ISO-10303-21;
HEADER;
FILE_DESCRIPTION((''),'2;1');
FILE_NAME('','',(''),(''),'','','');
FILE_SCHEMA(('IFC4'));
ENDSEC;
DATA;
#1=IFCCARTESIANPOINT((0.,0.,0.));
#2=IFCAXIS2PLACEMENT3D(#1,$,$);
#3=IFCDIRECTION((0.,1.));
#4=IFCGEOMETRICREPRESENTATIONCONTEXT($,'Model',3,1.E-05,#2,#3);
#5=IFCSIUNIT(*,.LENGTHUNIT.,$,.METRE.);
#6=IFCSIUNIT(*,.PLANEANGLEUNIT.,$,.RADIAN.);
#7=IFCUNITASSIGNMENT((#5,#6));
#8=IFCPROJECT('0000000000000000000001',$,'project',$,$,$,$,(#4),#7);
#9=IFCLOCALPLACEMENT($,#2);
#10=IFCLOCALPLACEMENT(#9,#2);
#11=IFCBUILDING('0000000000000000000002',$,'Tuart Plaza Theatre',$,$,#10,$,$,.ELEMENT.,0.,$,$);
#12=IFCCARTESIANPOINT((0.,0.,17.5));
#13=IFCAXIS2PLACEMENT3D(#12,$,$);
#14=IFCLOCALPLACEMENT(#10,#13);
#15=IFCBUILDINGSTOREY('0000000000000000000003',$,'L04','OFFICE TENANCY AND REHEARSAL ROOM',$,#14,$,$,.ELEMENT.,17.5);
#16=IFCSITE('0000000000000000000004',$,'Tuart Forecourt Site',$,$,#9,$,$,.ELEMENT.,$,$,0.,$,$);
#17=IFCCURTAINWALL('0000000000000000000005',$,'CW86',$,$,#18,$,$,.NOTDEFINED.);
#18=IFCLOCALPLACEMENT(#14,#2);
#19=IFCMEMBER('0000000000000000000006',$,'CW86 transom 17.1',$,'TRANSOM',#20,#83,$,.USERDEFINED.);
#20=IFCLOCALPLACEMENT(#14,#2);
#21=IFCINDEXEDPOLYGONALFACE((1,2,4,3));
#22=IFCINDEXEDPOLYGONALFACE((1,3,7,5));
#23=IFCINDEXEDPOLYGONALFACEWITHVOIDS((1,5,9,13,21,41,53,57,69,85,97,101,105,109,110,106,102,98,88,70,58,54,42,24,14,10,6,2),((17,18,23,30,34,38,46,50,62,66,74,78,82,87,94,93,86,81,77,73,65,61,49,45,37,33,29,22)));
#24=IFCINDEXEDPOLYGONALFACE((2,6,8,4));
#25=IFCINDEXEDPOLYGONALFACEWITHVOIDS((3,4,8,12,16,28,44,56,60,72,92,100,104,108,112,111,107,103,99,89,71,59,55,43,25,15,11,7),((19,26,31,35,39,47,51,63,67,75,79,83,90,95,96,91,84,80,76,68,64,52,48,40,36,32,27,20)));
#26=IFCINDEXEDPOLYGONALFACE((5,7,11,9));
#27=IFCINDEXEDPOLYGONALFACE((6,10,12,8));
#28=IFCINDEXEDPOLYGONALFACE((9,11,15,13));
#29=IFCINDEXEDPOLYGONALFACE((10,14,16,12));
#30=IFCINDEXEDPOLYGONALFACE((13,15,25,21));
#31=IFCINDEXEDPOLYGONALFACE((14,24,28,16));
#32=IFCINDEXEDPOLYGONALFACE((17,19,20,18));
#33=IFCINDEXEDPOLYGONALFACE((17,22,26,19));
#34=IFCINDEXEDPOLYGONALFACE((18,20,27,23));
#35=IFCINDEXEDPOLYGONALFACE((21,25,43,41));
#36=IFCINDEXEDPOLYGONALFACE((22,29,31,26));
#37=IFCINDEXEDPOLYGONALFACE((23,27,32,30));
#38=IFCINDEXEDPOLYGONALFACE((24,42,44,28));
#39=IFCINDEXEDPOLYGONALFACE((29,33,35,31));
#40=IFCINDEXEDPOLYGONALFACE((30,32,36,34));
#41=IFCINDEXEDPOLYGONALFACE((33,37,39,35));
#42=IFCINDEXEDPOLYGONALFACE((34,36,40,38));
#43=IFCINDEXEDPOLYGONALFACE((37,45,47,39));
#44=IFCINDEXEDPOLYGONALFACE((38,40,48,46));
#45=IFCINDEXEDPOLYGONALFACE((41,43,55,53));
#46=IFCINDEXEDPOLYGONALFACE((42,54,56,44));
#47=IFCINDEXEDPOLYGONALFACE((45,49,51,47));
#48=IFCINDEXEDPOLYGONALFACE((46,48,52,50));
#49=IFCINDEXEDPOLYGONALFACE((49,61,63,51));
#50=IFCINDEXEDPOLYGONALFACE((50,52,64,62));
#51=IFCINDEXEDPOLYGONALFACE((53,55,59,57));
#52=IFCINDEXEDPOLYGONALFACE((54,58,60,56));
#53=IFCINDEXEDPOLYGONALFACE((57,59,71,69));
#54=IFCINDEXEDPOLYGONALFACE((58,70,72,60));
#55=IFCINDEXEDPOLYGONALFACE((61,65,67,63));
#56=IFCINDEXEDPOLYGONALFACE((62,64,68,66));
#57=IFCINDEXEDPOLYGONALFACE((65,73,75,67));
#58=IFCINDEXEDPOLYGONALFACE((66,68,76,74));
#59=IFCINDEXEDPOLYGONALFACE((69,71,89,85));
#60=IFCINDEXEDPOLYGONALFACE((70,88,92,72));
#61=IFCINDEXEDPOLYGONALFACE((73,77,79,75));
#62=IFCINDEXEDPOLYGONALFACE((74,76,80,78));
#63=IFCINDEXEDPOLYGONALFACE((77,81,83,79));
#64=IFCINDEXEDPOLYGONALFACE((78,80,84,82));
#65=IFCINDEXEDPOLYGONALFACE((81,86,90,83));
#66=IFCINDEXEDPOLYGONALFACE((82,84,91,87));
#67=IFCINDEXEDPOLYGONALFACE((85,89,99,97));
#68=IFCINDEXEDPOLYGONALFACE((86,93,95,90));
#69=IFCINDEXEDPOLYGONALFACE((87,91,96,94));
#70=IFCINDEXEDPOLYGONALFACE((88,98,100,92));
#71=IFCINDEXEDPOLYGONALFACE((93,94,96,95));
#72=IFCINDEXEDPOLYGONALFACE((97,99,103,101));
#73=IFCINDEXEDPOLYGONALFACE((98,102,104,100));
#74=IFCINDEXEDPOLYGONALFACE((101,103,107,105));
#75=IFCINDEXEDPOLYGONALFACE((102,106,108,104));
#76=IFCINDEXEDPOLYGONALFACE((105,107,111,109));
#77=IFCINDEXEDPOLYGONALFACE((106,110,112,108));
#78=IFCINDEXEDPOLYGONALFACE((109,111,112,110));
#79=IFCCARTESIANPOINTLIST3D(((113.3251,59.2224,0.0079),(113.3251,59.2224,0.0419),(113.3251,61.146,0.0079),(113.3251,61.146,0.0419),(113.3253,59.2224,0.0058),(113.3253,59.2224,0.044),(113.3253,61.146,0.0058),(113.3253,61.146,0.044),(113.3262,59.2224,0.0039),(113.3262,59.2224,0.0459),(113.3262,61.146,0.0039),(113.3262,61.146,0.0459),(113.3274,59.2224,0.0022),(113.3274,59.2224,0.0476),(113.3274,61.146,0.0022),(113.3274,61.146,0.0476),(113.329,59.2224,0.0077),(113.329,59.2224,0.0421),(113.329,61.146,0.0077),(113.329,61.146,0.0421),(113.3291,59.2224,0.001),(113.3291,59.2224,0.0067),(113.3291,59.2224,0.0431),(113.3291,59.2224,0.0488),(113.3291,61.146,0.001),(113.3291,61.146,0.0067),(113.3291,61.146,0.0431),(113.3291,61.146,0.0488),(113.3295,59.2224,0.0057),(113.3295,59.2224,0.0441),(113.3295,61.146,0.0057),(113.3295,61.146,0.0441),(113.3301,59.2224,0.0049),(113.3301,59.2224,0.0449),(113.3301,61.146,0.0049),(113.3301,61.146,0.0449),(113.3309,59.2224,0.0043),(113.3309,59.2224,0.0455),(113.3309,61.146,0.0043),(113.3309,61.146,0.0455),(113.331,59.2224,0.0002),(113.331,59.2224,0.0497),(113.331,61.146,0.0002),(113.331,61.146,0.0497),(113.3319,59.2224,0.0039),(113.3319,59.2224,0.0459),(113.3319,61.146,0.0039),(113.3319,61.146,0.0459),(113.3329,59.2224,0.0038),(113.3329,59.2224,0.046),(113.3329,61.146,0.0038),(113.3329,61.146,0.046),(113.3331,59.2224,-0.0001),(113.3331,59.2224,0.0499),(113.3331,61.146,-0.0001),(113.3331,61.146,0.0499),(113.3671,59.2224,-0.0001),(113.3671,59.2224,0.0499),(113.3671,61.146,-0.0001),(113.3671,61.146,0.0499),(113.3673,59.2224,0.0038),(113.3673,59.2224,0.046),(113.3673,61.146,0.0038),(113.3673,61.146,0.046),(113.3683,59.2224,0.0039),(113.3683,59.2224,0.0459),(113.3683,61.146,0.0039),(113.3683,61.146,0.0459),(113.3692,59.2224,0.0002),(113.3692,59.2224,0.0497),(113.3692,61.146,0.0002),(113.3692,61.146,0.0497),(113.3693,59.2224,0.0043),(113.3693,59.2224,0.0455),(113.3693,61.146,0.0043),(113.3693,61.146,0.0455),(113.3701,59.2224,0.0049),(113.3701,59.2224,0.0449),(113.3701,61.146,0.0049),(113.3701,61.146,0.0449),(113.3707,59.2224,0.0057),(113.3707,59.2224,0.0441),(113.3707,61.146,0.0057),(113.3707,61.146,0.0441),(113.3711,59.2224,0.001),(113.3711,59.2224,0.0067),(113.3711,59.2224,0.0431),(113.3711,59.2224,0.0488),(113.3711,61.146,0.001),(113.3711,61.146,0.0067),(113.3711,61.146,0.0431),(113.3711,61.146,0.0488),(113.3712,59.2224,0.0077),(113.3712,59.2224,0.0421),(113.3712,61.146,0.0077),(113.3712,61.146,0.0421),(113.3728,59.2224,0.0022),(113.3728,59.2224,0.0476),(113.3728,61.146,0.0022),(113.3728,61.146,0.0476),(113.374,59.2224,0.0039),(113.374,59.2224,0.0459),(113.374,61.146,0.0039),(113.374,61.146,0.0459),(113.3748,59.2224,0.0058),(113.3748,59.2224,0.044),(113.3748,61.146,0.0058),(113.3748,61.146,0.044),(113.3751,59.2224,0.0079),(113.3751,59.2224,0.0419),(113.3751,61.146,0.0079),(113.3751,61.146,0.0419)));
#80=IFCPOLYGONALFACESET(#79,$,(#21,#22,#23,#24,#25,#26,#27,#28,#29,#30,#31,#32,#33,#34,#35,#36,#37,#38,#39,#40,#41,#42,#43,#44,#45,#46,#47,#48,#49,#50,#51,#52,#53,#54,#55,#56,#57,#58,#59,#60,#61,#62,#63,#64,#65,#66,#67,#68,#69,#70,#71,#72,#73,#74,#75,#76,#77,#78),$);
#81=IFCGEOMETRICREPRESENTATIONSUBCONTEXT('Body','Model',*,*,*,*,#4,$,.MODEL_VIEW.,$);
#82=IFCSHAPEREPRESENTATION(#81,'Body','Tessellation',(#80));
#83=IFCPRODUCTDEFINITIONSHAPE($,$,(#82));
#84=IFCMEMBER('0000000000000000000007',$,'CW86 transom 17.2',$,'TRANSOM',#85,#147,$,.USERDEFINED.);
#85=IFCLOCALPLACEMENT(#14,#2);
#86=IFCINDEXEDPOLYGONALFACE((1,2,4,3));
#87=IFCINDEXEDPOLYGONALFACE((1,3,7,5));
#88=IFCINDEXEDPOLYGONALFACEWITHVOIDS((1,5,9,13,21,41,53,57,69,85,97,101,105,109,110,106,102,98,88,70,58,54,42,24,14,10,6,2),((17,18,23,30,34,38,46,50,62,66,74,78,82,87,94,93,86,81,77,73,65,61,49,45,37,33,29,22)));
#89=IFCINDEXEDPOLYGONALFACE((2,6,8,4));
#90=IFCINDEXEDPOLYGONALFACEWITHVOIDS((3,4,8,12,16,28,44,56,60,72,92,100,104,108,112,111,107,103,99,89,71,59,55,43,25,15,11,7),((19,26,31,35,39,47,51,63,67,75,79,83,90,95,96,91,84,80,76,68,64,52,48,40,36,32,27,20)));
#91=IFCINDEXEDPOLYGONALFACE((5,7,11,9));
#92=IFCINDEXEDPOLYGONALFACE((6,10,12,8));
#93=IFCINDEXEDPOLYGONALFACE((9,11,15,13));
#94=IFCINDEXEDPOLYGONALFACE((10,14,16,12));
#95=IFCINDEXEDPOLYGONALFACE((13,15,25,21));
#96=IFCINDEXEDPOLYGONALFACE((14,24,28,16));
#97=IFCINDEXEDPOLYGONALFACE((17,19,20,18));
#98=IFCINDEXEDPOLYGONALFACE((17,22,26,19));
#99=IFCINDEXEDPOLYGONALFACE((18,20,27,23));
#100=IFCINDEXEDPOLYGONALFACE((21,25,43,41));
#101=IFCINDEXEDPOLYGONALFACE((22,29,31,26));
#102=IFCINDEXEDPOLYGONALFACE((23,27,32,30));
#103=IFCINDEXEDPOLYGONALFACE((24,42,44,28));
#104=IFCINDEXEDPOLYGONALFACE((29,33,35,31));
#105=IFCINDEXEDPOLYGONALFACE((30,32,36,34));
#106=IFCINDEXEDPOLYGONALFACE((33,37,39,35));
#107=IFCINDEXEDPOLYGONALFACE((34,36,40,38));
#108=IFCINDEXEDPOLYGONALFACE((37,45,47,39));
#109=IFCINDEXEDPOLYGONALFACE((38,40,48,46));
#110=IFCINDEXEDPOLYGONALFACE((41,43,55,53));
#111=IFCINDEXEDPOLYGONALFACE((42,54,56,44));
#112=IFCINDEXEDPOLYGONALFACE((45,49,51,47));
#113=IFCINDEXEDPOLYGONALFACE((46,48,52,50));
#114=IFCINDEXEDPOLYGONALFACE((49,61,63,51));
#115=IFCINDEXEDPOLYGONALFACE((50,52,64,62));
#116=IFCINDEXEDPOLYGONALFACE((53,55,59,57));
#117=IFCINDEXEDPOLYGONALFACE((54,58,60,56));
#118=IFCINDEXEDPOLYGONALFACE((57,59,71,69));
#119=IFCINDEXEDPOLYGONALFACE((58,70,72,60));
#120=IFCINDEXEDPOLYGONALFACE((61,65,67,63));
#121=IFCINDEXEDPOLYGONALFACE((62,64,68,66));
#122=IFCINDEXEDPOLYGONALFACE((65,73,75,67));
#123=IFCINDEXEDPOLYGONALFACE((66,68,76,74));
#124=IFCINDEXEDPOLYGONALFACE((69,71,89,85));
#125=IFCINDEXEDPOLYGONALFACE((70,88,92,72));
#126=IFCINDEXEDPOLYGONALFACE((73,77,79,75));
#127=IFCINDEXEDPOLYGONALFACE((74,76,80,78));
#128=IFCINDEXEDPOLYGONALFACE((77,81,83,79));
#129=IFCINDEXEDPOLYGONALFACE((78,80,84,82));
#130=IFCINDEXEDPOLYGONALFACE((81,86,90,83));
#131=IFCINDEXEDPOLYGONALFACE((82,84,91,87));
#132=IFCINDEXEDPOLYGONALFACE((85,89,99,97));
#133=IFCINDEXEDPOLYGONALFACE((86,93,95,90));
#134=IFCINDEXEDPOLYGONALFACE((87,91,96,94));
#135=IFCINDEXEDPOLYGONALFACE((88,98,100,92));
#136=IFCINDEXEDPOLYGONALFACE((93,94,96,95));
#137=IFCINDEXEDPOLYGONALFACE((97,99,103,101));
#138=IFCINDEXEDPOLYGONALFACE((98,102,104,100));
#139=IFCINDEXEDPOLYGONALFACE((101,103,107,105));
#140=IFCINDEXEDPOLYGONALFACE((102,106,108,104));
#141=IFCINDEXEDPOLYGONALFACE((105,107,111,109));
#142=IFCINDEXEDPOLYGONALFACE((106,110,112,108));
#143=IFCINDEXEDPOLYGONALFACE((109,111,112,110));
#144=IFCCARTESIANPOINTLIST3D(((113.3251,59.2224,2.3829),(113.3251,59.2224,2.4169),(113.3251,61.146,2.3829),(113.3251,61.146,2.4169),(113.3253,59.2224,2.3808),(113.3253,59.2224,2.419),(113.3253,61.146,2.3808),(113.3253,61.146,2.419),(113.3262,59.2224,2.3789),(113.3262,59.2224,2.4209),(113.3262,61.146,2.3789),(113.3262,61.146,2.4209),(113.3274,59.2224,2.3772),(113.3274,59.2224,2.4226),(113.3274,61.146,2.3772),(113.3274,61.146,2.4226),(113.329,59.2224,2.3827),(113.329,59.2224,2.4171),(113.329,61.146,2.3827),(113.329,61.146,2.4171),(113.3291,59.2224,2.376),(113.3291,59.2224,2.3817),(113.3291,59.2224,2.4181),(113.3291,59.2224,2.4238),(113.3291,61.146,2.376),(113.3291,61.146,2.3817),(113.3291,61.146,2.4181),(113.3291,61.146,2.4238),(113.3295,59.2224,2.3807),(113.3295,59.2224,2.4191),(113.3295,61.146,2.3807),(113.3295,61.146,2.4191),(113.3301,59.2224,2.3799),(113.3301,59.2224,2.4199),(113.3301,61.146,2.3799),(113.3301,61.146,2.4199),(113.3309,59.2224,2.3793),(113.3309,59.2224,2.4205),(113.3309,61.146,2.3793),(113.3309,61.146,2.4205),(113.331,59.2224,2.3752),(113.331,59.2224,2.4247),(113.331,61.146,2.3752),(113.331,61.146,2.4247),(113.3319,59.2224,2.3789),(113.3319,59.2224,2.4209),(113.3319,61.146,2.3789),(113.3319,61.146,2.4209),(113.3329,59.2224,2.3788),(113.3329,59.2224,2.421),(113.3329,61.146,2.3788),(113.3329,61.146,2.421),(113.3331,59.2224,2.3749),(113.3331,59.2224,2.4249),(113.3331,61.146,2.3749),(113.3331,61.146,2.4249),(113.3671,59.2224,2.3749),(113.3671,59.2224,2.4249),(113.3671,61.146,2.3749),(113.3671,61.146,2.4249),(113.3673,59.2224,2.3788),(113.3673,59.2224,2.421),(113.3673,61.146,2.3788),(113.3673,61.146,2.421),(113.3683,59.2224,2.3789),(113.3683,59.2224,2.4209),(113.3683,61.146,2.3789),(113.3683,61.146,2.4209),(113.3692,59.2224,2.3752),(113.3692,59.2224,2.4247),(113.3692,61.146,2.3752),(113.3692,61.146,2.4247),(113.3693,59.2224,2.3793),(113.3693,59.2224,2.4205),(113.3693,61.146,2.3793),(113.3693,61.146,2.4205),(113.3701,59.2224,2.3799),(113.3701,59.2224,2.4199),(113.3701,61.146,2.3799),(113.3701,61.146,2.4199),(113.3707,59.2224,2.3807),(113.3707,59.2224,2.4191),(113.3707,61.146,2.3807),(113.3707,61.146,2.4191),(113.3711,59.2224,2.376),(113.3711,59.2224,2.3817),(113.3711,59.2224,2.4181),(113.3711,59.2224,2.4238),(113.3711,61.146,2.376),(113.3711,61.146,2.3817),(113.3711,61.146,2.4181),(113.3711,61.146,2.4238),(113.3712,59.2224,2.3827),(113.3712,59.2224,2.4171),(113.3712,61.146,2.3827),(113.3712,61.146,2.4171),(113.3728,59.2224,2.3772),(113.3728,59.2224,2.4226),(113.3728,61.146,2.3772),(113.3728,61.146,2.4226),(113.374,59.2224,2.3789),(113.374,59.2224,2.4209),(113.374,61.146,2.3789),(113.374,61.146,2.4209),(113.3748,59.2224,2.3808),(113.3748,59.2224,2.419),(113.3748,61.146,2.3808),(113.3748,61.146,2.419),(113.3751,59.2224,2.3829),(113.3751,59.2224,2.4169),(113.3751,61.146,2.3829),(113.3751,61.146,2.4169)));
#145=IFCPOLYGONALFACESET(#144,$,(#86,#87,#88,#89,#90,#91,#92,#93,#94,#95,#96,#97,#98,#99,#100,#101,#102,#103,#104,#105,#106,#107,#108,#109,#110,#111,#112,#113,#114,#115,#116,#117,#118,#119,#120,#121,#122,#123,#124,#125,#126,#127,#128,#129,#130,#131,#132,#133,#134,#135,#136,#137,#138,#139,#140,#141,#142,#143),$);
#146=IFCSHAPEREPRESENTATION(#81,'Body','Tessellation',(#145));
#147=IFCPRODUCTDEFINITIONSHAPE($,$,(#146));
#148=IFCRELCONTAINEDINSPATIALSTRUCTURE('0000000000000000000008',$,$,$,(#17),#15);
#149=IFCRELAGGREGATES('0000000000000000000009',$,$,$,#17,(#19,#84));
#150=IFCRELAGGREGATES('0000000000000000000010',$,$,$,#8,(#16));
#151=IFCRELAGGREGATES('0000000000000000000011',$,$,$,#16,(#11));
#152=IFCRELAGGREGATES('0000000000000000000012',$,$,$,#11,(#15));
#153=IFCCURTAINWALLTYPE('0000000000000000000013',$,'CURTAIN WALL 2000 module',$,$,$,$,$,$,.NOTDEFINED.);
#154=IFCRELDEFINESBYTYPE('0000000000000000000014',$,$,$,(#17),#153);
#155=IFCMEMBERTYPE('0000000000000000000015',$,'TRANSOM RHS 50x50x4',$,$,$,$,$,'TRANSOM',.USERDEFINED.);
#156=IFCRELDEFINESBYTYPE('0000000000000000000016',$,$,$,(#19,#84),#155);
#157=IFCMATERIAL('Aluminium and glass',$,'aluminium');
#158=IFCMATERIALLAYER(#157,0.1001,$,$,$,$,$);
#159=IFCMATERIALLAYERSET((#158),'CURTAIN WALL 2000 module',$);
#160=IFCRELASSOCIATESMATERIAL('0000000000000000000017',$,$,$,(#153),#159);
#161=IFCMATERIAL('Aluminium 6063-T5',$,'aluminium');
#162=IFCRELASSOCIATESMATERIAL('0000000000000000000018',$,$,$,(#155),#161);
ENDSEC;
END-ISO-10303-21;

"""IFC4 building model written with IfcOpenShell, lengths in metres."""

from ifc_helpers import new_model, si_unit, direction, frame, origin, origin_2d, place, context, subcontext, project, spatial, hollow_rectangle, extrude, material, layer, layer_set, material_profile, profile_set, type_object, element, aggregate, save


model = new_model("IFC4")

# Units and contexts
model_context = context("Model", 3, precision=1e-05, world=origin(), true_north=direction((0.0, 1.0)))
body_context = subcontext(model_context, "Body", "Model", "MODEL_VIEW")
ifc_project = project(units=[si_unit("LENGTHUNIT", "METRE"), si_unit("PLANEANGLEUNIT", "RADIAN")], contexts=[model_context])

# Site, building, storey
site_placement = place(None, origin())
site = spatial("IfcSite", under=ifc_project, at=site_placement, Name="Tuart Forecourt Site", CompositionType="ELEMENT", RefElevation=0.0)
building_placement = place(site_placement, origin())
building = spatial("IfcBuilding", under=site, at=building_placement, Name="Tuart Plaza Theatre", CompositionType="ELEMENT", ElevationOfRefHeight=0.0)
storey_placement = place(building_placement, frame((0.0, 0.0, 17.5)))
storey = spatial("IfcBuildingStorey", under=building, at=storey_placement, Name="L04", Description="OFFICE TENANCY AND REHEARSAL ROOM", CompositionType="ELEMENT", Elevation=17.5)

# Curtain wall, members
ifc_material_1 = material(Name="Aluminium and glass", Category="aluminium")
ifc_layer_1 = layer(ifc_material_1, 0.1001)
ifc_layer_set_1 = layer_set([ifc_layer_1], Name="CURTAIN WALL 2000 module")
curtain_wall_type = type_object("IfcCurtainWallType", Name="CURTAIN WALL 2000 module", PredefinedType="NOTDEFINED", material=ifc_layer_set_1)
curtain_wall_placement = place(storey_placement, origin())
curtain_wall = element("IfcCurtainWall", 1, at=curtain_wall_placement, inside=storey, type_object=curtain_wall_type, Name="CW86", PredefinedType="NOTDEFINED")
ifc_material_2 = material(Name="Aluminium 6063-T5", Category="aluminium")
ifc_material_profile_1 = material_profile(ifc_material_2, hollow_rectangle(XDim=0.05, YDim=0.05, WallThickness=0.0039, InnerFilletRadius=0.0039, OuterFilletRadius=0.0081, at=origin_2d()), Name="RHS 50x50x4")
ifc_profile_set_1 = profile_set([ifc_material_profile_1], Name="Aluminium 6063-T5")
member_type_1 = type_object("IfcMemberType", Name="TRANSOM RHS 50x50x4", ElementType="TRANSOM", PredefinedType="USERDEFINED", material=ifc_profile_set_1)
member_1_placement = place(storey_placement, frame((113.3501, 61.146, 0.0249), z_axis=(0.0, -1.0, 0.0), x_axis=(1.0, 0.0, 0.0)))
member_1 = element("IfcMember", 2, at=member_1_placement, type_object=member_type_1, Name="CW86 transom 17.1", ObjectType="TRANSOM", PredefinedType="USERDEFINED", context=body_context, shape_type="SweptSolid", body=[
    extrude(hollow_rectangle(XDim=0.05, YDim=0.05, WallThickness=0.0039, InnerFilletRadius=0.0039, OuterFilletRadius=0.0081, at=origin_2d()), origin(), (0.0, 0.0, 1.0), 1.9236),
])
member_2_placement = place(storey_placement, frame((113.3501, 61.146, 2.3999), z_axis=(0.0, -1.0, 0.0), x_axis=(1.0, 0.0, 0.0)))
member_2 = element("IfcMember", 3, at=member_2_placement, type_object=member_type_1, Name="CW86 transom 17.2", ObjectType="TRANSOM", PredefinedType="USERDEFINED", context=body_context, shape_type="SweptSolid", body=[
    extrude(hollow_rectangle(XDim=0.05, YDim=0.05, WallThickness=0.0039, InnerFilletRadius=0.0039, OuterFilletRadius=0.0081, at=origin_2d()), origin(), (0.0, 0.0, 1.0), 1.9236),
])
aggregate(curtain_wall, [member_1, member_2])

save(model, "model.ifc")
